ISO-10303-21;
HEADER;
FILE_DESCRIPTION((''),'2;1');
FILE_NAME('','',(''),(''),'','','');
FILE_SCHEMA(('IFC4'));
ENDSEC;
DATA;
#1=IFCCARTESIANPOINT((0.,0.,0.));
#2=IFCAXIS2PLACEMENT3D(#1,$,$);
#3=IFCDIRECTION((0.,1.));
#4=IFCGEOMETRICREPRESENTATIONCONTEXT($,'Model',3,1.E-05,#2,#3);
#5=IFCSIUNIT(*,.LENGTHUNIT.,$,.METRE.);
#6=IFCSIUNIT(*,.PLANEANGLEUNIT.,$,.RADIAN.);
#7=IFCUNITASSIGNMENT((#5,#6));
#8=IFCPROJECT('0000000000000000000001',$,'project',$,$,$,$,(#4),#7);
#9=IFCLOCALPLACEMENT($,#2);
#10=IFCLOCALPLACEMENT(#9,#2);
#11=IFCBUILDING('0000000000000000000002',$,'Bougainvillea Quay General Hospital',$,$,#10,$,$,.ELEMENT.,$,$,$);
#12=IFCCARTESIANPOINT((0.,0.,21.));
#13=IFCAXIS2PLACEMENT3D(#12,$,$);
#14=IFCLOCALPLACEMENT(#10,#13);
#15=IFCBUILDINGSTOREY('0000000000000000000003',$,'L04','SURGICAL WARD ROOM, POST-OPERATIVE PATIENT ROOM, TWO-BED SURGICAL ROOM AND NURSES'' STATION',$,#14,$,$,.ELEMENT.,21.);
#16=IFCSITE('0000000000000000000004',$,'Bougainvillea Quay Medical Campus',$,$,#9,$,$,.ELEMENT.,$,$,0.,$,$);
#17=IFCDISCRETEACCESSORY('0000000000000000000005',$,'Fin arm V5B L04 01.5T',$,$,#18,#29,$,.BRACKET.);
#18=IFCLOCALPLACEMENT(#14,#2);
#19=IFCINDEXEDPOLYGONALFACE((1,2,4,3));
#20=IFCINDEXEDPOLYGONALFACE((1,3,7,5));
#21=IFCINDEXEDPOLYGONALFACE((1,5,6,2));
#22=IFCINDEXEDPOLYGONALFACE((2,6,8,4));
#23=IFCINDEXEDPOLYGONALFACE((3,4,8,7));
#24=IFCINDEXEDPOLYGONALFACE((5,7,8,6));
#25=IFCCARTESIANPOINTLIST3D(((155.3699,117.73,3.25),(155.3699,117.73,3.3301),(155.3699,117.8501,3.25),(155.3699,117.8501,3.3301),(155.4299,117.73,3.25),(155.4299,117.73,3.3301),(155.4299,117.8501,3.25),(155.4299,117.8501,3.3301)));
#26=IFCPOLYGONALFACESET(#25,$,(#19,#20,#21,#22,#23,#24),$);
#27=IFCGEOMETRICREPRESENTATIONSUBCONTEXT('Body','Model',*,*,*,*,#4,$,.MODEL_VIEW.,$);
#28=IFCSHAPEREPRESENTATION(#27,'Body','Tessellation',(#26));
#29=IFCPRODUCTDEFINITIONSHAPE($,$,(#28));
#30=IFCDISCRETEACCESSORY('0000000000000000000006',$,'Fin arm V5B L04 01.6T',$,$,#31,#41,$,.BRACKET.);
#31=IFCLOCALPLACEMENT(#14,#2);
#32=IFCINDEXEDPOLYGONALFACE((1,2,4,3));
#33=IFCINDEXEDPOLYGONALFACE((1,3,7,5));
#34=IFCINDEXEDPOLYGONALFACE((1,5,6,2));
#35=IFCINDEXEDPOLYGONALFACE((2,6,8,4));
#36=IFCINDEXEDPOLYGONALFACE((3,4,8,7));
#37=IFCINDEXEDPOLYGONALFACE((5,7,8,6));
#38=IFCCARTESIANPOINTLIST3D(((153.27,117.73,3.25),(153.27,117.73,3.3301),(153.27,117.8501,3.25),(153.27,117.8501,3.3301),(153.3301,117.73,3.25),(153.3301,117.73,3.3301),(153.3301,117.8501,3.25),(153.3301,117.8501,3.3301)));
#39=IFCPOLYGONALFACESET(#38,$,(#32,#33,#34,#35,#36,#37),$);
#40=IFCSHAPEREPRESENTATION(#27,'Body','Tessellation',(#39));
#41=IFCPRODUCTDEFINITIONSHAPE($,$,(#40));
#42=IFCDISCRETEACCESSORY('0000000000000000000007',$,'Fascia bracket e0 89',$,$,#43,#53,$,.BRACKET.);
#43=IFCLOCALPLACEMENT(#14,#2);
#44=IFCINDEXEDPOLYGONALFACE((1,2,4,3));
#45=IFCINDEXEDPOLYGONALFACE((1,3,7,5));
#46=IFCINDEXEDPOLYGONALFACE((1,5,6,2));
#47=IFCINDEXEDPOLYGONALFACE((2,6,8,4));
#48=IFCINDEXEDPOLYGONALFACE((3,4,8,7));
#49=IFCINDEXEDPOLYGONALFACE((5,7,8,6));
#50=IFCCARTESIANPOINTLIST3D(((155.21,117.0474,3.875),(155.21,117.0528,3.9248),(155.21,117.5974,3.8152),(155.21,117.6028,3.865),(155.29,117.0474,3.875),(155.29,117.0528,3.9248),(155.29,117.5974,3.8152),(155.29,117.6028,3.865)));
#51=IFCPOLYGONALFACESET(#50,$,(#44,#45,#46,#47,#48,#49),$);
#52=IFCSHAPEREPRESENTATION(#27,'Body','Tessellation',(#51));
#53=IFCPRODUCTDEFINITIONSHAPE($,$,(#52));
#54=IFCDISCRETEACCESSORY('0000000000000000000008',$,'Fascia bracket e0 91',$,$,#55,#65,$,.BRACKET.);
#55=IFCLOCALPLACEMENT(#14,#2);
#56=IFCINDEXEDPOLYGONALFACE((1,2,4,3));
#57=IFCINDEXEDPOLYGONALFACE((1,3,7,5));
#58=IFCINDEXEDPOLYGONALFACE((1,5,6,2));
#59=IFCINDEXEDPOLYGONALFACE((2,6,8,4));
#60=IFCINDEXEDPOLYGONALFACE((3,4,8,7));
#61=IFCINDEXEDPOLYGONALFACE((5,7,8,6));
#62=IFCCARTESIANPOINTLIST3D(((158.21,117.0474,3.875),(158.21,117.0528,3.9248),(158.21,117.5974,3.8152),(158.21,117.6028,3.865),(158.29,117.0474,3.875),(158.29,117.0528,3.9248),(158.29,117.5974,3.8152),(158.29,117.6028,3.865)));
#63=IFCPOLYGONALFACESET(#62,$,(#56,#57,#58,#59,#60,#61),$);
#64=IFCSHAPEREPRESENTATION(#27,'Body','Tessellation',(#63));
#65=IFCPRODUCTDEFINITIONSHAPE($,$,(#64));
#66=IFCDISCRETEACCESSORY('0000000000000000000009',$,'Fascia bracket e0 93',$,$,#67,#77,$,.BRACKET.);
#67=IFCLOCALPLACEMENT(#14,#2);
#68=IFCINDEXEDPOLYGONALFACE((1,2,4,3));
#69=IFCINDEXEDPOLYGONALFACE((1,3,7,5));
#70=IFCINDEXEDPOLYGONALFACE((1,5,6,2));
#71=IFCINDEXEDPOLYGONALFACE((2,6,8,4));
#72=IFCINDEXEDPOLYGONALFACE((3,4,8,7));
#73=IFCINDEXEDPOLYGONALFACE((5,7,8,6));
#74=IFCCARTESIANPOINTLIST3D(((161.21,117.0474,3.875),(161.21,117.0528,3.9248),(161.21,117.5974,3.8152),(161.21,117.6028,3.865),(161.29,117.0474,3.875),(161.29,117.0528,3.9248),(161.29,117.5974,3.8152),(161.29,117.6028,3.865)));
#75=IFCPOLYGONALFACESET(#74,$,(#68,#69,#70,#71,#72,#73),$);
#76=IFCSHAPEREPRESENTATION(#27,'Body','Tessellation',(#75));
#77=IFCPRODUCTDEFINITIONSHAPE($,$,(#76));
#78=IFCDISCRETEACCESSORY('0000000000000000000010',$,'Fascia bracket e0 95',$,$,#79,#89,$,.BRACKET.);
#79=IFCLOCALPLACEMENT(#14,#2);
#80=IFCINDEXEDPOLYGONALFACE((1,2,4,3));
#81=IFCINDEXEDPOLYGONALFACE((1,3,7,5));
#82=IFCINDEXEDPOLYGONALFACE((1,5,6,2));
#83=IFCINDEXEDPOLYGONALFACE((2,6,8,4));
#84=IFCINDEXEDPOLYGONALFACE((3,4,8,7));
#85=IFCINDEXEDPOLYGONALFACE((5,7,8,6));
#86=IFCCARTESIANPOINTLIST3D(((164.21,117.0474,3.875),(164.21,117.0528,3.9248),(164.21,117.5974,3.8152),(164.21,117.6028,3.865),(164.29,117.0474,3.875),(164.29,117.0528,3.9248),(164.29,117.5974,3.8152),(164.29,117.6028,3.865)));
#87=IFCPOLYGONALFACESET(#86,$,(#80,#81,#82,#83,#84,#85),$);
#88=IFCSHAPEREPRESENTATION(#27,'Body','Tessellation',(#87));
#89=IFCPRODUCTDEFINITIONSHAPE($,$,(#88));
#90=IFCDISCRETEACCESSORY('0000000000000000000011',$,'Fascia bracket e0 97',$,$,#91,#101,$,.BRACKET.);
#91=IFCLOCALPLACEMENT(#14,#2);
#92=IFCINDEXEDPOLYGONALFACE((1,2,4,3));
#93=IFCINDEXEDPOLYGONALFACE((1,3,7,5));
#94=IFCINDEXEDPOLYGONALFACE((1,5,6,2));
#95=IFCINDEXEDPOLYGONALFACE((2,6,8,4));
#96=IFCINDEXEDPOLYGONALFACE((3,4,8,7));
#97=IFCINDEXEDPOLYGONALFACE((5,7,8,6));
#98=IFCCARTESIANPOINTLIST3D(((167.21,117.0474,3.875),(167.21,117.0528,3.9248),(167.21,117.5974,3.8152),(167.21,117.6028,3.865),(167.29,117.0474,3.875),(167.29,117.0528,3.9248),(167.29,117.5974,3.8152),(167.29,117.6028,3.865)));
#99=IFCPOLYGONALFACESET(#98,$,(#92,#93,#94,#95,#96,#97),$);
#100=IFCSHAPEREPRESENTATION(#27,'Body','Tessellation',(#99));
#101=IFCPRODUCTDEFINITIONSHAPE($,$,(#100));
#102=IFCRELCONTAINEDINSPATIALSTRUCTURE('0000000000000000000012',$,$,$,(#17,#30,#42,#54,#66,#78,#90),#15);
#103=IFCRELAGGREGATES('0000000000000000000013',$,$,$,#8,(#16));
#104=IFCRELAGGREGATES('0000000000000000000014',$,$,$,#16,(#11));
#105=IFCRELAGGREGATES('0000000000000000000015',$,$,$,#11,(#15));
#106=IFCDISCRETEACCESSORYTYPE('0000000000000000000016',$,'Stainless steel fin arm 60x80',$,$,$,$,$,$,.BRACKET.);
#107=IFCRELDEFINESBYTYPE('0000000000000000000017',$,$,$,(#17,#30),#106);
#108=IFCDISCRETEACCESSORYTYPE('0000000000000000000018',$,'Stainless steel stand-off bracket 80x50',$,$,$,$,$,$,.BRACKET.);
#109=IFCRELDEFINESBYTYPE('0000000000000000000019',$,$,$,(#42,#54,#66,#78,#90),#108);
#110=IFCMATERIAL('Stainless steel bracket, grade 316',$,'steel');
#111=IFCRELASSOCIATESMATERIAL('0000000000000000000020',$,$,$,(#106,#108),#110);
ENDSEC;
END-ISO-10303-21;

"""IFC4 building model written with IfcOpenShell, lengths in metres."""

from ifc_helpers import new_model, si_unit, direction, frame, origin, origin_2d, place, context, subcontext, project, spatial, rectangle, extrude, material, material_profile, profile_set, type_object, element, save


model = new_model("IFC4")

# Units and contexts
model_context = context("Model", 3, precision=1e-05, world=origin(), true_north=direction((0.0, 1.0)))
body_context = subcontext(model_context, "Body", "Model", "MODEL_VIEW")
ifc_project = project(units=[si_unit("LENGTHUNIT", "METRE"), si_unit("PLANEANGLEUNIT", "RADIAN")], contexts=[model_context])

# Site, building, storey
site_placement = place(None, origin())
site = spatial("IfcSite", under=ifc_project, at=site_placement, Name="Bougainvillea Quay Medical Campus", CompositionType="ELEMENT", RefElevation=0.0)
building_placement = place(site_placement, origin())
building = spatial("IfcBuilding", under=site, at=building_placement, Name="Bougainvillea Quay General Hospital", CompositionType="ELEMENT")
storey_placement = place(building_placement, frame((0.0, 0.0, 21.0)))
storey = spatial("IfcBuildingStorey", under=building, at=storey_placement, Name="L04", Description="SURGICAL WARD ROOM, POST-OPERATIVE PATIENT ROOM, TWO-BED SURGICAL ROOM AND NURSES' STATION", CompositionType="ELEMENT", Elevation=21.0)

# Discrete accessories
ifc_material_1 = material(Name="Stainless steel bracket, grade 316", Category="steel")
discrete_accessory_type_1 = type_object("IfcDiscreteAccessoryType", Name="Stainless steel fin arm 60x80", PredefinedType="BRACKET", material=ifc_material_1)
for number, where, z_axis, x_axis, name in (
    (1, (155.3999, 117.79, 3.25), (0.0, 0.0, 1.0), (0.0, -1.0, 0.0), "Fin arm V5B L04 01.5T"),
    (2, (153.3, 117.79, 3.25), (0.0, 0.0, 1.0), (0.0, -1.0, 0.0), "Fin arm V5B L04 01.6T"),
):
    element("IfcDiscreteAccessory", number, at=place(storey_placement, frame(where, z_axis=z_axis, x_axis=x_axis)), inside=storey, type_object=discrete_accessory_type_1, Name=name, PredefinedType="BRACKET", context=body_context, shape_type="SweptSolid", body=[
        extrude(rectangle(XDim=0.1201, YDim=0.0601, at=origin_2d()), origin(), (0.0, 0.0, 1.0), 0.0801),
    ])
ifc_material_profile_1 = material_profile(ifc_material_1, rectangle(XDim=0.0801, YDim=0.05, at=origin_2d()))
ifc_profile_set_1 = profile_set([ifc_material_profile_1], Name="Stainless steel bracket, grade 316")
discrete_accessory_type_2 = type_object("IfcDiscreteAccessoryType", Name="Stainless steel stand-off bracket 80x50", PredefinedType="BRACKET", material=ifc_profile_set_1)
for number, where, z_axis, x_axis, name in (
    (3, (155.25, 117.6001, 3.8401), (0.0, -0.994139, 0.108107), (1.0, 0.0, 0.0), "Fascia bracket e0 89"),
    (4, (158.25, 117.6001, 3.8401), (0.0, -0.994139, 0.108107), (1.0, 0.0, 0.0), "Fascia bracket e0 91"),
    (5, (161.25, 117.6001, 3.8401), (0.0, -0.994139, 0.108107), (1.0, 0.0, 0.0), "Fascia bracket e0 93"),
    (6, (164.25, 117.6001, 3.8401), (0.0, -0.994139, 0.108107), (1.0, 0.0, 0.0), "Fascia bracket e0 95"),
    (7, (167.25, 117.6001, 3.8401), (0.0, -0.994139, 0.108107), (1.0, 0.0, 0.0), "Fascia bracket e0 97"),
):
    element("IfcDiscreteAccessory", number, at=place(storey_placement, frame(where, z_axis=z_axis, x_axis=x_axis)), inside=storey, type_object=discrete_accessory_type_2, Name=name, PredefinedType="BRACKET", context=body_context, shape_type="SweptSolid", body=[
        extrude(rectangle(XDim=0.0801, YDim=0.05, at=origin_2d()), origin(), (0.0, 0.0, 1.0), 0.5532),
    ])

save(model, "model.ifc")
